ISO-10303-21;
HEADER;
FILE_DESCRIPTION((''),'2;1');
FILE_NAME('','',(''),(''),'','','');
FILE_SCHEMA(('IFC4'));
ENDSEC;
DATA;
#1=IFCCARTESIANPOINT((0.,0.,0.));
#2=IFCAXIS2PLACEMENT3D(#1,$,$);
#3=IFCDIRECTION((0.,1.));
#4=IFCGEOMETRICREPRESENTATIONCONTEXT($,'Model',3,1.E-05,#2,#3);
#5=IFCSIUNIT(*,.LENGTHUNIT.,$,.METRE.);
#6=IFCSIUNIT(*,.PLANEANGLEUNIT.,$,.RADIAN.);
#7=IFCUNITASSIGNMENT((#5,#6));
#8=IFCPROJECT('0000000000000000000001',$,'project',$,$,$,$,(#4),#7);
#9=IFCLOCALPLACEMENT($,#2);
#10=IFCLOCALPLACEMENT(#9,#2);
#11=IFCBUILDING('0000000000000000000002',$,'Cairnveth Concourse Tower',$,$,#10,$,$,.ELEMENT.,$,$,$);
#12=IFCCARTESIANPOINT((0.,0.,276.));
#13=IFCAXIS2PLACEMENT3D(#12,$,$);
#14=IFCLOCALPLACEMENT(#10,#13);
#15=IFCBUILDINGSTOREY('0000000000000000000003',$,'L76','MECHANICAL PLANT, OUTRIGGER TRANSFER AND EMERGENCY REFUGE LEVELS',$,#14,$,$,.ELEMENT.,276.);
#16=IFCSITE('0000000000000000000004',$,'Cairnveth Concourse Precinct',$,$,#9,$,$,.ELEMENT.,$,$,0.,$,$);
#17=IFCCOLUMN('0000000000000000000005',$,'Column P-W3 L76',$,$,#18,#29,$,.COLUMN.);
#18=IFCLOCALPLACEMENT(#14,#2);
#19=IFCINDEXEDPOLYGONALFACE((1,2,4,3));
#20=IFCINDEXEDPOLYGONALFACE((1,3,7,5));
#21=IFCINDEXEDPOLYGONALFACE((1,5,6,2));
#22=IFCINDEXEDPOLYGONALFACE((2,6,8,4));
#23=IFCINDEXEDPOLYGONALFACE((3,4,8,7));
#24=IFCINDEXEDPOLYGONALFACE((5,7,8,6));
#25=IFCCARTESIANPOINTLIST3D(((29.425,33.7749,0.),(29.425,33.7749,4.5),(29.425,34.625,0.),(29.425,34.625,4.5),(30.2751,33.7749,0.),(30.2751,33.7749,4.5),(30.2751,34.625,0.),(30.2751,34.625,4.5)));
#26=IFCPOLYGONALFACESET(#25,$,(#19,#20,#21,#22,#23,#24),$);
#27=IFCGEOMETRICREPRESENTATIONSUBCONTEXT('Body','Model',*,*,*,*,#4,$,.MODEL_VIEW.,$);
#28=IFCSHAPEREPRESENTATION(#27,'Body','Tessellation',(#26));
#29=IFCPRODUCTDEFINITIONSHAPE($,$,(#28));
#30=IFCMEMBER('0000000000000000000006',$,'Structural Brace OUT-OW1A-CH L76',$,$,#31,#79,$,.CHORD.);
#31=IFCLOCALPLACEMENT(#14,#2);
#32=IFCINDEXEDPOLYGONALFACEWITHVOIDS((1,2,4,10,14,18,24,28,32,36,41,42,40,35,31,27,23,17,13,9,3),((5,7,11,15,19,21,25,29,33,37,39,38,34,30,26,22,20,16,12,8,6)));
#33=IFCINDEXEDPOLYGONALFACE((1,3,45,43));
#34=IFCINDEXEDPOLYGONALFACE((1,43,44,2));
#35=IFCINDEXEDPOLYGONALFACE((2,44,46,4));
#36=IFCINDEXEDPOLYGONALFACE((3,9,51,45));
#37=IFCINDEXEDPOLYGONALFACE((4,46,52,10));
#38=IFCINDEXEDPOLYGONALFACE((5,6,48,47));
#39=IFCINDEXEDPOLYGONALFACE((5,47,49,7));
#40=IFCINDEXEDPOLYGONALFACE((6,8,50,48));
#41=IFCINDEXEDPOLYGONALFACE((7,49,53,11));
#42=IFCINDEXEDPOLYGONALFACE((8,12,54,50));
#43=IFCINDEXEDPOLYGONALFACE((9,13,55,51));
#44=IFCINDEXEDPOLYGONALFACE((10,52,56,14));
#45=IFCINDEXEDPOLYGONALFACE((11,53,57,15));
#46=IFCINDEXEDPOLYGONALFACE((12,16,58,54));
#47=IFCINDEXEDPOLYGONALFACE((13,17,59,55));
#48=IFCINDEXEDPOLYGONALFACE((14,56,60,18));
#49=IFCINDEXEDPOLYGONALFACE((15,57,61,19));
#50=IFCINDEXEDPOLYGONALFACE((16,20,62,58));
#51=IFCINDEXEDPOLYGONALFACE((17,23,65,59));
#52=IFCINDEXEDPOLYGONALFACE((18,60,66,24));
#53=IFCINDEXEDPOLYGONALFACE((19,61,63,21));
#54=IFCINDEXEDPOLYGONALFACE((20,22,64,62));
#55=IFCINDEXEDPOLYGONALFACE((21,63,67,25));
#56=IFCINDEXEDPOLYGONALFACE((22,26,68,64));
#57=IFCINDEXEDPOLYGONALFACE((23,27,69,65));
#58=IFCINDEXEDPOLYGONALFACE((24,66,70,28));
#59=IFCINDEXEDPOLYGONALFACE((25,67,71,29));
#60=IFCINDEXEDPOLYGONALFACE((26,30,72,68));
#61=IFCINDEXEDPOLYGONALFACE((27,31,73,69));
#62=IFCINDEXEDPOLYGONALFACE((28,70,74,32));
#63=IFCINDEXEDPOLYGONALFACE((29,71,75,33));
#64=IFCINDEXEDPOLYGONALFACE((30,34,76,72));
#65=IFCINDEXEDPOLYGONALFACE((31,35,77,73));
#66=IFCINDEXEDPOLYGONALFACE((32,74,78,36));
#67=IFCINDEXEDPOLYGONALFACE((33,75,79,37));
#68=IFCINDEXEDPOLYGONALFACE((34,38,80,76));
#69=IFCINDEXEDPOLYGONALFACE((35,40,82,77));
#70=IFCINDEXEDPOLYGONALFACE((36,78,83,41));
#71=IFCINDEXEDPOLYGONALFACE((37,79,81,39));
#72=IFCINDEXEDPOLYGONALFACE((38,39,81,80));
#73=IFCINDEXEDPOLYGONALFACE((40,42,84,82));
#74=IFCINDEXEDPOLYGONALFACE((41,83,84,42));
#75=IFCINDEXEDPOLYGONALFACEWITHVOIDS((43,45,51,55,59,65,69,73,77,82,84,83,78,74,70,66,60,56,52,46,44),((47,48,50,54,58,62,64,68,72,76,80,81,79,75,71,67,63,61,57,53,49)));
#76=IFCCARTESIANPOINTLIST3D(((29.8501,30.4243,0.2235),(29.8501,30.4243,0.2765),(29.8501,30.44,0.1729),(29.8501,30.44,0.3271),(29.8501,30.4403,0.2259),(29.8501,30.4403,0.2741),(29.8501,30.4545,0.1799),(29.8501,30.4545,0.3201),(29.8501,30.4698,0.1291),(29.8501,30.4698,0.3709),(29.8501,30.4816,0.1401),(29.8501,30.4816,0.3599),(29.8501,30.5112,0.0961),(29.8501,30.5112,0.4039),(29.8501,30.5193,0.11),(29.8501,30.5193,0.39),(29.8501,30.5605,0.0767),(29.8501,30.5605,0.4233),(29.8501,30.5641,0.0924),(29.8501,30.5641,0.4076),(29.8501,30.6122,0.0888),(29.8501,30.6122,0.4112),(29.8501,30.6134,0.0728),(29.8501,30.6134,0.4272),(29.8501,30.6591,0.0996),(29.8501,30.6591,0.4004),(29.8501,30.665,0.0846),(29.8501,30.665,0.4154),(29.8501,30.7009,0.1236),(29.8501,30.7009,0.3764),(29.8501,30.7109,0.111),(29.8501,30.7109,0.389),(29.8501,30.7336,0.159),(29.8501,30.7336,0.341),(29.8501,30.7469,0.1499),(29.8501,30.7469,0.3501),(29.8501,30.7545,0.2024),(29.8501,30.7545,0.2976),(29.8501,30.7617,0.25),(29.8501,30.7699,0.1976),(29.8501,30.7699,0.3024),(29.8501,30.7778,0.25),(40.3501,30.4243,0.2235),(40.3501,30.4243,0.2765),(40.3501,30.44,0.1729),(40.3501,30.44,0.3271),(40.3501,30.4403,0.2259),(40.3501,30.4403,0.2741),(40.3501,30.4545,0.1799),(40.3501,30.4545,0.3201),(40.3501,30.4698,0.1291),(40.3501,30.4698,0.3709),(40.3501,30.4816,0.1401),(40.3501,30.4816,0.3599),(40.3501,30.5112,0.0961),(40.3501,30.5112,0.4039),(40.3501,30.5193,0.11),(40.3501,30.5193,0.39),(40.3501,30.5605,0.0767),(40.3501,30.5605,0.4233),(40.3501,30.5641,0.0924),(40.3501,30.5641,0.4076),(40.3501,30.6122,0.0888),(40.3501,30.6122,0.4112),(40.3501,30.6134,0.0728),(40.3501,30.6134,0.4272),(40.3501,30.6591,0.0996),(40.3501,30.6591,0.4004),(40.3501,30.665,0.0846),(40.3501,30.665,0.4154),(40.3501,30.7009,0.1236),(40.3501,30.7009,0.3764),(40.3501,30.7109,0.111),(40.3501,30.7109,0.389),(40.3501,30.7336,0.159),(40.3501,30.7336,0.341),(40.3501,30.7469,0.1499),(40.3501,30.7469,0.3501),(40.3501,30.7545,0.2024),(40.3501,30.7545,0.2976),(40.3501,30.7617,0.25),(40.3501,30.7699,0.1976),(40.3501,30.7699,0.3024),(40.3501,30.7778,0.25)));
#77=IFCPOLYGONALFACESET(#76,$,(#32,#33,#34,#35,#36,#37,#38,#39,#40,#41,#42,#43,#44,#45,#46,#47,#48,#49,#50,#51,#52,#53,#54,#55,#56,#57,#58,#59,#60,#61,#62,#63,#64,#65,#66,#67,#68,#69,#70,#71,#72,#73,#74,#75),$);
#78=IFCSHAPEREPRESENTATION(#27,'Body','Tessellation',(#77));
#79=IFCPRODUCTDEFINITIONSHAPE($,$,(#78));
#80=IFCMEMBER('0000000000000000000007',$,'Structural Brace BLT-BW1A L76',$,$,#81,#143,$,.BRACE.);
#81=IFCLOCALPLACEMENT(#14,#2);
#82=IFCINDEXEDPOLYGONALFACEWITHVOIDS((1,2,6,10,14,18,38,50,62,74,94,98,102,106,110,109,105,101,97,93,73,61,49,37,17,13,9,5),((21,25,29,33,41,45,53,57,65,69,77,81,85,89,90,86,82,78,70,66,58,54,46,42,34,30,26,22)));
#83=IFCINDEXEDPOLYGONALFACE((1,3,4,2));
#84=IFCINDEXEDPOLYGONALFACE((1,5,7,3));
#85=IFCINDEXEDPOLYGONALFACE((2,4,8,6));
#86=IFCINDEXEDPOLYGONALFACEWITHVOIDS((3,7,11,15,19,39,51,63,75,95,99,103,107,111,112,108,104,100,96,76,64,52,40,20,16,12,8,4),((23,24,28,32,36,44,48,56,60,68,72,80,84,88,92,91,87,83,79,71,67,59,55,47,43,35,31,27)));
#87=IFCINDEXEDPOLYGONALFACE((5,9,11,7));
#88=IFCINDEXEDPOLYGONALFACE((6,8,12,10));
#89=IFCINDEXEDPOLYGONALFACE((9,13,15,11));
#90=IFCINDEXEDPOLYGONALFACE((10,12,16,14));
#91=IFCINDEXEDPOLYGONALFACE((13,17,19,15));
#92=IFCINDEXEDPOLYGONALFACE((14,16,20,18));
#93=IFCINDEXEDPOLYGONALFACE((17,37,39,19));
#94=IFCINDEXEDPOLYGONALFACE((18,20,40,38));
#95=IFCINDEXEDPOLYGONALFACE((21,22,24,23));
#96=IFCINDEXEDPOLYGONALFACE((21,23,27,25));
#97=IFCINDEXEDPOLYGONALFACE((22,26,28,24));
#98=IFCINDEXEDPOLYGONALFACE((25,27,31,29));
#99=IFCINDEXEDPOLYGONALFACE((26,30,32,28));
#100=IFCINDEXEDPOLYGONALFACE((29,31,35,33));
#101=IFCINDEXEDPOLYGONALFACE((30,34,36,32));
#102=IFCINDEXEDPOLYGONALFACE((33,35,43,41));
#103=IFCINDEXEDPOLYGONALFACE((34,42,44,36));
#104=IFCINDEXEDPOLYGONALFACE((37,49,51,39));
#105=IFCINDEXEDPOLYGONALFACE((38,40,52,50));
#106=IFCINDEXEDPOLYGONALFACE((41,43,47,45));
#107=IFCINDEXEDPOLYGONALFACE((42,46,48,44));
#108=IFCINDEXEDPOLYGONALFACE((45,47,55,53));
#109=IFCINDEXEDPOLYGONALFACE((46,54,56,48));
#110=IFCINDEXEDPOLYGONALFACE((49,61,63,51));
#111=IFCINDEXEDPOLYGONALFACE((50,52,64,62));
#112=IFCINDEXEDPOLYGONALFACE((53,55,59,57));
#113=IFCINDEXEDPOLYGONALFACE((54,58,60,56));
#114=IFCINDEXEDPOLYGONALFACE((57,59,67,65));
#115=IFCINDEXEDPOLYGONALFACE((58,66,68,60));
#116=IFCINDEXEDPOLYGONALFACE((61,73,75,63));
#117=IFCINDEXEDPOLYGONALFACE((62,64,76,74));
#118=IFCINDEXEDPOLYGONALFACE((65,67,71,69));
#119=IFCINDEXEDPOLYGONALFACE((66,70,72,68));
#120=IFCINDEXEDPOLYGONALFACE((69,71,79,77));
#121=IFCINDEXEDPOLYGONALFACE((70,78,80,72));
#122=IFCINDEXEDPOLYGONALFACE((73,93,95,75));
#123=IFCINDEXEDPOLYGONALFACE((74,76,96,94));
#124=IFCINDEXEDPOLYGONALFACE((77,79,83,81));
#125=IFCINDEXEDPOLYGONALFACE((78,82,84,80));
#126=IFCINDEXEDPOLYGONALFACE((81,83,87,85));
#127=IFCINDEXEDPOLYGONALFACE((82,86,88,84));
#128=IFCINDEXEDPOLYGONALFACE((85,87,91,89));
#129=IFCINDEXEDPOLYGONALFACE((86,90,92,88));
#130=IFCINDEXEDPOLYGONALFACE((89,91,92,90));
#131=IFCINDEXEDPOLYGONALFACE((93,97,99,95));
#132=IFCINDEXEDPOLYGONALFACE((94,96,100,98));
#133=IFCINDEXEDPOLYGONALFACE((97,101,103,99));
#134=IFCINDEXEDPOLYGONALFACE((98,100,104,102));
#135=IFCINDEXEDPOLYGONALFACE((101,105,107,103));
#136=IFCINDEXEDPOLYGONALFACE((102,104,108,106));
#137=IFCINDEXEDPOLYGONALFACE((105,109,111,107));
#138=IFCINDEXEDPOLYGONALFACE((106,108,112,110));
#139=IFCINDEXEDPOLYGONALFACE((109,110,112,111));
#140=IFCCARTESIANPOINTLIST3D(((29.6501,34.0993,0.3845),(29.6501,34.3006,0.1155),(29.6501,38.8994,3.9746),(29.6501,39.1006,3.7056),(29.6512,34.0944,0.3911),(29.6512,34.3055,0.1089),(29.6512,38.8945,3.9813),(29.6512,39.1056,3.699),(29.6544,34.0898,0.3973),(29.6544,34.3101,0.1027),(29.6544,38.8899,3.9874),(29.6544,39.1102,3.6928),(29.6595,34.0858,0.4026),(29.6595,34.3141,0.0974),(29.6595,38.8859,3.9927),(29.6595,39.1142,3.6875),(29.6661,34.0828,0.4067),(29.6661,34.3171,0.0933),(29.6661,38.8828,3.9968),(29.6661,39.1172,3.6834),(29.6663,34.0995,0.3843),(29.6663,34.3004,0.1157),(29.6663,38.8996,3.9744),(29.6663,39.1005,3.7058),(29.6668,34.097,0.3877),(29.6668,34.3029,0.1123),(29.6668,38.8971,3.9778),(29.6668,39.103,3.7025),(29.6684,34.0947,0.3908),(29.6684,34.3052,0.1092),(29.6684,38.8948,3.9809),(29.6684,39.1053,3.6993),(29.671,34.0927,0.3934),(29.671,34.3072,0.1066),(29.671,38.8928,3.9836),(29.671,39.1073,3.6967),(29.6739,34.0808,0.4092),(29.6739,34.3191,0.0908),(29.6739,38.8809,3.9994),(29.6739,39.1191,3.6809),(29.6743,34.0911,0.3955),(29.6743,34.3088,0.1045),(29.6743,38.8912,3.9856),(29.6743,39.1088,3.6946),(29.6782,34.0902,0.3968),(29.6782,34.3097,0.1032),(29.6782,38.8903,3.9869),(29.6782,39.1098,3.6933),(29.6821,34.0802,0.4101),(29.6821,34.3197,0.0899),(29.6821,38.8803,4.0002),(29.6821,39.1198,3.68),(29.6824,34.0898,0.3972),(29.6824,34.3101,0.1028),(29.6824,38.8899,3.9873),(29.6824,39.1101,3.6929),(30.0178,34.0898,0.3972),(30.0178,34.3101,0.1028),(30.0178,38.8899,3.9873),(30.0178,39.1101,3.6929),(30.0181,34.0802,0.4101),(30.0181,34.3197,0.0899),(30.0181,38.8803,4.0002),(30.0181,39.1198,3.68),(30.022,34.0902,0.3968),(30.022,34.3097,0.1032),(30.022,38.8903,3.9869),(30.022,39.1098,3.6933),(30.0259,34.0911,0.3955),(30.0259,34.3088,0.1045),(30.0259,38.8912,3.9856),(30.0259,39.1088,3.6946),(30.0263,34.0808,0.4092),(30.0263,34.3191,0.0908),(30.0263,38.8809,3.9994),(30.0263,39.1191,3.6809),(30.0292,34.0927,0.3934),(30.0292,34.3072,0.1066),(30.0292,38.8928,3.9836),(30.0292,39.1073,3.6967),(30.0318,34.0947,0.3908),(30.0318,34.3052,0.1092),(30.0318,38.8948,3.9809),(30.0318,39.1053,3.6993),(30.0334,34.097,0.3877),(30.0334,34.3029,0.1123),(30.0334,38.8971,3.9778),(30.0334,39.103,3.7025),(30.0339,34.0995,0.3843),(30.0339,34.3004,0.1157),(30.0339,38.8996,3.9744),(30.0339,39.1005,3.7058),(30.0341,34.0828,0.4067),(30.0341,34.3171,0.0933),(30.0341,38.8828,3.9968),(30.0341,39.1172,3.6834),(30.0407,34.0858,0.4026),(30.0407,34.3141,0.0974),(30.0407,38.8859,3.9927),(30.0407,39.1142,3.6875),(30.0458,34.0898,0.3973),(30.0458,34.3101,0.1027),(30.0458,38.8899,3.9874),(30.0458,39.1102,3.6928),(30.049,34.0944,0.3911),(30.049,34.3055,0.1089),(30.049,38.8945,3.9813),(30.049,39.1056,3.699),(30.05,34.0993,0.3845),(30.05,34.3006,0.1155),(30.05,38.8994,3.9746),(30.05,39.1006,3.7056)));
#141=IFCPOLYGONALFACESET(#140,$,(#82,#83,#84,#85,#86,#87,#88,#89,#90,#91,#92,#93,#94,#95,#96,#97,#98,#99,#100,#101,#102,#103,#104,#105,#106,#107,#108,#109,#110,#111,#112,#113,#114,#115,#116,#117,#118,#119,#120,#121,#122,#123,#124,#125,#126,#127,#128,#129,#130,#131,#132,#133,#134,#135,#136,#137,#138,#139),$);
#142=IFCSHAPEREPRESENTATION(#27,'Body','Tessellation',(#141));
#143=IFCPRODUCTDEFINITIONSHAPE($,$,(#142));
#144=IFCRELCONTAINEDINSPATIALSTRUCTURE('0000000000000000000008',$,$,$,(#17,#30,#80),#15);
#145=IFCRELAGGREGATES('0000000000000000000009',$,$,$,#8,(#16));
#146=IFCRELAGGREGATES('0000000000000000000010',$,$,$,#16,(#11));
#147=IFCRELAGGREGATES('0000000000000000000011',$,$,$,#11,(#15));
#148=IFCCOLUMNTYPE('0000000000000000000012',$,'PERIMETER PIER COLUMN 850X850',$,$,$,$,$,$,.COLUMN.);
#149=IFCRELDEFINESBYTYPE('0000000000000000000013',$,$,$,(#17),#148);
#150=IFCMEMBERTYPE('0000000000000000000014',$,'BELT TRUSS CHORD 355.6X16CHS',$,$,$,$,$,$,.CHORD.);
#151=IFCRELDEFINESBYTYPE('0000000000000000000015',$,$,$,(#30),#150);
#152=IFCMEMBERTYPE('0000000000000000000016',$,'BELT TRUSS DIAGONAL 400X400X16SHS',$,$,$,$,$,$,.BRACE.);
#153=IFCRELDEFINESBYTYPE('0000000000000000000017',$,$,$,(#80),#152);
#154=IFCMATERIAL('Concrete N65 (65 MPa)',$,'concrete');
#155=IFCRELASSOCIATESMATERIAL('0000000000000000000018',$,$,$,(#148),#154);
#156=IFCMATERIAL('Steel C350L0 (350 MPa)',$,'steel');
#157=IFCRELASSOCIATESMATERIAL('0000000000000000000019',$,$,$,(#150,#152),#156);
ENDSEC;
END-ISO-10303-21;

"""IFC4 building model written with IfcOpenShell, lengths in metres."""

from ifc_helpers import new_model, si_unit, direction, frame, origin, origin_2d, place, context, subcontext, project, spatial, rectangle, hollow_rectangle, hollow_circle, extrude, material, material_profile, profile_set, type_object, element, save


model = new_model("IFC4")

# Units and contexts
model_context = context("Model", 3, precision=1e-05, world=origin(), true_north=direction((0.0, 1.0)))
body_context = subcontext(model_context, "Body", "Model", "MODEL_VIEW")
ifc_project = project(units=[si_unit("LENGTHUNIT", "METRE"), si_unit("PLANEANGLEUNIT", "RADIAN")], contexts=[model_context])

# Site, building, storey
site_placement = place(None, origin())
site = spatial("IfcSite", under=ifc_project, at=site_placement, Name="Cairnveth Concourse Precinct", CompositionType="ELEMENT", RefElevation=0.0)
building_placement = place(site_placement, origin())
building = spatial("IfcBuilding", under=site, at=building_placement, Name="Cairnveth Concourse Tower", CompositionType="ELEMENT")
storey_placement = place(building_placement, frame((0.0, 0.0, 276.0)))
storey = spatial("IfcBuildingStorey", under=building, at=storey_placement, Name="L76", Description="MECHANICAL PLANT, OUTRIGGER TRANSFER AND EMERGENCY REFUGE LEVELS", CompositionType="ELEMENT", Elevation=276.0)

# Column
ifc_material_1 = material(Name="Concrete N65 (65 MPa)", Category="concrete")
ifc_material_profile_1 = material_profile(ifc_material_1, rectangle(XDim=0.8501, YDim=0.8501, at=origin_2d()), Name="RC-COL-850x850")
ifc_profile_set_1 = profile_set([ifc_material_profile_1], Name="Concrete N65 (65 MPa)")
column_type = type_object("IfcColumnType", Name="PERIMETER PIER COLUMN 850X850", PredefinedType="COLUMN", material=ifc_profile_set_1)
column_placement = place(storey_placement, frame((29.8501, 34.2, 0.0), z_axis=(0.0, 0.0, 1.0), x_axis=(0.0, 1.0, 0.0)))
element("IfcColumn", 1, at=column_placement, inside=storey, type_object=column_type, Name="Column P-W3 L76", PredefinedType="COLUMN", context=body_context, shape_type="SweptSolid", body=[
    extrude(rectangle(XDim=0.8501, YDim=0.8501, at=origin_2d()), origin(), (0.0, 0.0, 1.0), 4.5),
])

# Members
ifc_material_2 = material(Name="Steel C350L0 (350 MPa)", Category="steel")
ifc_material_profile_2 = material_profile(ifc_material_2, hollow_circle(Radius=0.1777, WallThickness=0.0161, at=origin_2d()), Name="355.6x16.0CHS")
ifc_profile_set_2 = profile_set([ifc_material_profile_2], Name="Steel C350L0 (350 MPa)")
member_type_1 = type_object("IfcMemberType", Name="BELT TRUSS CHORD 355.6X16CHS", PredefinedType="CHORD", material=ifc_profile_set_2)
member_1_placement = place(storey_placement, frame((29.8501, 30.6001, 0.25), z_axis=(1.0, 0.0, 0.0), x_axis=(0.0, 1.0, 0.0)))
element("IfcMember", 2, at=member_1_placement, inside=storey, type_object=member_type_1, Name="Structural Brace OUT-OW1A-CH L76", PredefinedType="CHORD", context=body_context, shape_type="SweptSolid", body=[
    extrude(hollow_circle(Radius=0.1777, WallThickness=0.0161, at=origin_2d()), origin(), (0.0, 0.0, 1.0), 10.5),
])
ifc_material_profile_3 = material_profile(ifc_material_2, hollow_rectangle(XDim=0.3999, YDim=0.3999, WallThickness=0.0161, InnerFilletRadius=0.0161, OuterFilletRadius=0.032, at=origin_2d()), Name="400x400x16.0SHS")
ifc_profile_set_3 = profile_set([ifc_material_profile_3], Name="Steel C350L0 (350 MPa)")
member_type_2 = type_object("IfcMemberType", Name="BELT TRUSS DIAGONAL 400X400X16SHS", PredefinedType="BRACE", material=ifc_profile_set_3)
member_2_placement = place(storey_placement, frame((29.8501, 34.2, 0.25), z_axis=(0.0, 0.800796, 0.598937), x_axis=(-1.0, 0.0, 0.0)))
element("IfcMember", 3, at=member_2_placement, inside=storey, type_object=member_type_2, Name="Structural Brace BLT-BW1A L76", PredefinedType="BRACE", context=body_context, shape_type="SweptSolid", body=[
    extrude(hollow_rectangle(XDim=0.3999, YDim=0.3999, WallThickness=0.0161, InnerFilletRadius=0.0161, OuterFilletRadius=0.032, at=origin_2d()), origin(), (0.0, 0.0, 1.0), 5.9941),
])

save(model, "model.ifc")
